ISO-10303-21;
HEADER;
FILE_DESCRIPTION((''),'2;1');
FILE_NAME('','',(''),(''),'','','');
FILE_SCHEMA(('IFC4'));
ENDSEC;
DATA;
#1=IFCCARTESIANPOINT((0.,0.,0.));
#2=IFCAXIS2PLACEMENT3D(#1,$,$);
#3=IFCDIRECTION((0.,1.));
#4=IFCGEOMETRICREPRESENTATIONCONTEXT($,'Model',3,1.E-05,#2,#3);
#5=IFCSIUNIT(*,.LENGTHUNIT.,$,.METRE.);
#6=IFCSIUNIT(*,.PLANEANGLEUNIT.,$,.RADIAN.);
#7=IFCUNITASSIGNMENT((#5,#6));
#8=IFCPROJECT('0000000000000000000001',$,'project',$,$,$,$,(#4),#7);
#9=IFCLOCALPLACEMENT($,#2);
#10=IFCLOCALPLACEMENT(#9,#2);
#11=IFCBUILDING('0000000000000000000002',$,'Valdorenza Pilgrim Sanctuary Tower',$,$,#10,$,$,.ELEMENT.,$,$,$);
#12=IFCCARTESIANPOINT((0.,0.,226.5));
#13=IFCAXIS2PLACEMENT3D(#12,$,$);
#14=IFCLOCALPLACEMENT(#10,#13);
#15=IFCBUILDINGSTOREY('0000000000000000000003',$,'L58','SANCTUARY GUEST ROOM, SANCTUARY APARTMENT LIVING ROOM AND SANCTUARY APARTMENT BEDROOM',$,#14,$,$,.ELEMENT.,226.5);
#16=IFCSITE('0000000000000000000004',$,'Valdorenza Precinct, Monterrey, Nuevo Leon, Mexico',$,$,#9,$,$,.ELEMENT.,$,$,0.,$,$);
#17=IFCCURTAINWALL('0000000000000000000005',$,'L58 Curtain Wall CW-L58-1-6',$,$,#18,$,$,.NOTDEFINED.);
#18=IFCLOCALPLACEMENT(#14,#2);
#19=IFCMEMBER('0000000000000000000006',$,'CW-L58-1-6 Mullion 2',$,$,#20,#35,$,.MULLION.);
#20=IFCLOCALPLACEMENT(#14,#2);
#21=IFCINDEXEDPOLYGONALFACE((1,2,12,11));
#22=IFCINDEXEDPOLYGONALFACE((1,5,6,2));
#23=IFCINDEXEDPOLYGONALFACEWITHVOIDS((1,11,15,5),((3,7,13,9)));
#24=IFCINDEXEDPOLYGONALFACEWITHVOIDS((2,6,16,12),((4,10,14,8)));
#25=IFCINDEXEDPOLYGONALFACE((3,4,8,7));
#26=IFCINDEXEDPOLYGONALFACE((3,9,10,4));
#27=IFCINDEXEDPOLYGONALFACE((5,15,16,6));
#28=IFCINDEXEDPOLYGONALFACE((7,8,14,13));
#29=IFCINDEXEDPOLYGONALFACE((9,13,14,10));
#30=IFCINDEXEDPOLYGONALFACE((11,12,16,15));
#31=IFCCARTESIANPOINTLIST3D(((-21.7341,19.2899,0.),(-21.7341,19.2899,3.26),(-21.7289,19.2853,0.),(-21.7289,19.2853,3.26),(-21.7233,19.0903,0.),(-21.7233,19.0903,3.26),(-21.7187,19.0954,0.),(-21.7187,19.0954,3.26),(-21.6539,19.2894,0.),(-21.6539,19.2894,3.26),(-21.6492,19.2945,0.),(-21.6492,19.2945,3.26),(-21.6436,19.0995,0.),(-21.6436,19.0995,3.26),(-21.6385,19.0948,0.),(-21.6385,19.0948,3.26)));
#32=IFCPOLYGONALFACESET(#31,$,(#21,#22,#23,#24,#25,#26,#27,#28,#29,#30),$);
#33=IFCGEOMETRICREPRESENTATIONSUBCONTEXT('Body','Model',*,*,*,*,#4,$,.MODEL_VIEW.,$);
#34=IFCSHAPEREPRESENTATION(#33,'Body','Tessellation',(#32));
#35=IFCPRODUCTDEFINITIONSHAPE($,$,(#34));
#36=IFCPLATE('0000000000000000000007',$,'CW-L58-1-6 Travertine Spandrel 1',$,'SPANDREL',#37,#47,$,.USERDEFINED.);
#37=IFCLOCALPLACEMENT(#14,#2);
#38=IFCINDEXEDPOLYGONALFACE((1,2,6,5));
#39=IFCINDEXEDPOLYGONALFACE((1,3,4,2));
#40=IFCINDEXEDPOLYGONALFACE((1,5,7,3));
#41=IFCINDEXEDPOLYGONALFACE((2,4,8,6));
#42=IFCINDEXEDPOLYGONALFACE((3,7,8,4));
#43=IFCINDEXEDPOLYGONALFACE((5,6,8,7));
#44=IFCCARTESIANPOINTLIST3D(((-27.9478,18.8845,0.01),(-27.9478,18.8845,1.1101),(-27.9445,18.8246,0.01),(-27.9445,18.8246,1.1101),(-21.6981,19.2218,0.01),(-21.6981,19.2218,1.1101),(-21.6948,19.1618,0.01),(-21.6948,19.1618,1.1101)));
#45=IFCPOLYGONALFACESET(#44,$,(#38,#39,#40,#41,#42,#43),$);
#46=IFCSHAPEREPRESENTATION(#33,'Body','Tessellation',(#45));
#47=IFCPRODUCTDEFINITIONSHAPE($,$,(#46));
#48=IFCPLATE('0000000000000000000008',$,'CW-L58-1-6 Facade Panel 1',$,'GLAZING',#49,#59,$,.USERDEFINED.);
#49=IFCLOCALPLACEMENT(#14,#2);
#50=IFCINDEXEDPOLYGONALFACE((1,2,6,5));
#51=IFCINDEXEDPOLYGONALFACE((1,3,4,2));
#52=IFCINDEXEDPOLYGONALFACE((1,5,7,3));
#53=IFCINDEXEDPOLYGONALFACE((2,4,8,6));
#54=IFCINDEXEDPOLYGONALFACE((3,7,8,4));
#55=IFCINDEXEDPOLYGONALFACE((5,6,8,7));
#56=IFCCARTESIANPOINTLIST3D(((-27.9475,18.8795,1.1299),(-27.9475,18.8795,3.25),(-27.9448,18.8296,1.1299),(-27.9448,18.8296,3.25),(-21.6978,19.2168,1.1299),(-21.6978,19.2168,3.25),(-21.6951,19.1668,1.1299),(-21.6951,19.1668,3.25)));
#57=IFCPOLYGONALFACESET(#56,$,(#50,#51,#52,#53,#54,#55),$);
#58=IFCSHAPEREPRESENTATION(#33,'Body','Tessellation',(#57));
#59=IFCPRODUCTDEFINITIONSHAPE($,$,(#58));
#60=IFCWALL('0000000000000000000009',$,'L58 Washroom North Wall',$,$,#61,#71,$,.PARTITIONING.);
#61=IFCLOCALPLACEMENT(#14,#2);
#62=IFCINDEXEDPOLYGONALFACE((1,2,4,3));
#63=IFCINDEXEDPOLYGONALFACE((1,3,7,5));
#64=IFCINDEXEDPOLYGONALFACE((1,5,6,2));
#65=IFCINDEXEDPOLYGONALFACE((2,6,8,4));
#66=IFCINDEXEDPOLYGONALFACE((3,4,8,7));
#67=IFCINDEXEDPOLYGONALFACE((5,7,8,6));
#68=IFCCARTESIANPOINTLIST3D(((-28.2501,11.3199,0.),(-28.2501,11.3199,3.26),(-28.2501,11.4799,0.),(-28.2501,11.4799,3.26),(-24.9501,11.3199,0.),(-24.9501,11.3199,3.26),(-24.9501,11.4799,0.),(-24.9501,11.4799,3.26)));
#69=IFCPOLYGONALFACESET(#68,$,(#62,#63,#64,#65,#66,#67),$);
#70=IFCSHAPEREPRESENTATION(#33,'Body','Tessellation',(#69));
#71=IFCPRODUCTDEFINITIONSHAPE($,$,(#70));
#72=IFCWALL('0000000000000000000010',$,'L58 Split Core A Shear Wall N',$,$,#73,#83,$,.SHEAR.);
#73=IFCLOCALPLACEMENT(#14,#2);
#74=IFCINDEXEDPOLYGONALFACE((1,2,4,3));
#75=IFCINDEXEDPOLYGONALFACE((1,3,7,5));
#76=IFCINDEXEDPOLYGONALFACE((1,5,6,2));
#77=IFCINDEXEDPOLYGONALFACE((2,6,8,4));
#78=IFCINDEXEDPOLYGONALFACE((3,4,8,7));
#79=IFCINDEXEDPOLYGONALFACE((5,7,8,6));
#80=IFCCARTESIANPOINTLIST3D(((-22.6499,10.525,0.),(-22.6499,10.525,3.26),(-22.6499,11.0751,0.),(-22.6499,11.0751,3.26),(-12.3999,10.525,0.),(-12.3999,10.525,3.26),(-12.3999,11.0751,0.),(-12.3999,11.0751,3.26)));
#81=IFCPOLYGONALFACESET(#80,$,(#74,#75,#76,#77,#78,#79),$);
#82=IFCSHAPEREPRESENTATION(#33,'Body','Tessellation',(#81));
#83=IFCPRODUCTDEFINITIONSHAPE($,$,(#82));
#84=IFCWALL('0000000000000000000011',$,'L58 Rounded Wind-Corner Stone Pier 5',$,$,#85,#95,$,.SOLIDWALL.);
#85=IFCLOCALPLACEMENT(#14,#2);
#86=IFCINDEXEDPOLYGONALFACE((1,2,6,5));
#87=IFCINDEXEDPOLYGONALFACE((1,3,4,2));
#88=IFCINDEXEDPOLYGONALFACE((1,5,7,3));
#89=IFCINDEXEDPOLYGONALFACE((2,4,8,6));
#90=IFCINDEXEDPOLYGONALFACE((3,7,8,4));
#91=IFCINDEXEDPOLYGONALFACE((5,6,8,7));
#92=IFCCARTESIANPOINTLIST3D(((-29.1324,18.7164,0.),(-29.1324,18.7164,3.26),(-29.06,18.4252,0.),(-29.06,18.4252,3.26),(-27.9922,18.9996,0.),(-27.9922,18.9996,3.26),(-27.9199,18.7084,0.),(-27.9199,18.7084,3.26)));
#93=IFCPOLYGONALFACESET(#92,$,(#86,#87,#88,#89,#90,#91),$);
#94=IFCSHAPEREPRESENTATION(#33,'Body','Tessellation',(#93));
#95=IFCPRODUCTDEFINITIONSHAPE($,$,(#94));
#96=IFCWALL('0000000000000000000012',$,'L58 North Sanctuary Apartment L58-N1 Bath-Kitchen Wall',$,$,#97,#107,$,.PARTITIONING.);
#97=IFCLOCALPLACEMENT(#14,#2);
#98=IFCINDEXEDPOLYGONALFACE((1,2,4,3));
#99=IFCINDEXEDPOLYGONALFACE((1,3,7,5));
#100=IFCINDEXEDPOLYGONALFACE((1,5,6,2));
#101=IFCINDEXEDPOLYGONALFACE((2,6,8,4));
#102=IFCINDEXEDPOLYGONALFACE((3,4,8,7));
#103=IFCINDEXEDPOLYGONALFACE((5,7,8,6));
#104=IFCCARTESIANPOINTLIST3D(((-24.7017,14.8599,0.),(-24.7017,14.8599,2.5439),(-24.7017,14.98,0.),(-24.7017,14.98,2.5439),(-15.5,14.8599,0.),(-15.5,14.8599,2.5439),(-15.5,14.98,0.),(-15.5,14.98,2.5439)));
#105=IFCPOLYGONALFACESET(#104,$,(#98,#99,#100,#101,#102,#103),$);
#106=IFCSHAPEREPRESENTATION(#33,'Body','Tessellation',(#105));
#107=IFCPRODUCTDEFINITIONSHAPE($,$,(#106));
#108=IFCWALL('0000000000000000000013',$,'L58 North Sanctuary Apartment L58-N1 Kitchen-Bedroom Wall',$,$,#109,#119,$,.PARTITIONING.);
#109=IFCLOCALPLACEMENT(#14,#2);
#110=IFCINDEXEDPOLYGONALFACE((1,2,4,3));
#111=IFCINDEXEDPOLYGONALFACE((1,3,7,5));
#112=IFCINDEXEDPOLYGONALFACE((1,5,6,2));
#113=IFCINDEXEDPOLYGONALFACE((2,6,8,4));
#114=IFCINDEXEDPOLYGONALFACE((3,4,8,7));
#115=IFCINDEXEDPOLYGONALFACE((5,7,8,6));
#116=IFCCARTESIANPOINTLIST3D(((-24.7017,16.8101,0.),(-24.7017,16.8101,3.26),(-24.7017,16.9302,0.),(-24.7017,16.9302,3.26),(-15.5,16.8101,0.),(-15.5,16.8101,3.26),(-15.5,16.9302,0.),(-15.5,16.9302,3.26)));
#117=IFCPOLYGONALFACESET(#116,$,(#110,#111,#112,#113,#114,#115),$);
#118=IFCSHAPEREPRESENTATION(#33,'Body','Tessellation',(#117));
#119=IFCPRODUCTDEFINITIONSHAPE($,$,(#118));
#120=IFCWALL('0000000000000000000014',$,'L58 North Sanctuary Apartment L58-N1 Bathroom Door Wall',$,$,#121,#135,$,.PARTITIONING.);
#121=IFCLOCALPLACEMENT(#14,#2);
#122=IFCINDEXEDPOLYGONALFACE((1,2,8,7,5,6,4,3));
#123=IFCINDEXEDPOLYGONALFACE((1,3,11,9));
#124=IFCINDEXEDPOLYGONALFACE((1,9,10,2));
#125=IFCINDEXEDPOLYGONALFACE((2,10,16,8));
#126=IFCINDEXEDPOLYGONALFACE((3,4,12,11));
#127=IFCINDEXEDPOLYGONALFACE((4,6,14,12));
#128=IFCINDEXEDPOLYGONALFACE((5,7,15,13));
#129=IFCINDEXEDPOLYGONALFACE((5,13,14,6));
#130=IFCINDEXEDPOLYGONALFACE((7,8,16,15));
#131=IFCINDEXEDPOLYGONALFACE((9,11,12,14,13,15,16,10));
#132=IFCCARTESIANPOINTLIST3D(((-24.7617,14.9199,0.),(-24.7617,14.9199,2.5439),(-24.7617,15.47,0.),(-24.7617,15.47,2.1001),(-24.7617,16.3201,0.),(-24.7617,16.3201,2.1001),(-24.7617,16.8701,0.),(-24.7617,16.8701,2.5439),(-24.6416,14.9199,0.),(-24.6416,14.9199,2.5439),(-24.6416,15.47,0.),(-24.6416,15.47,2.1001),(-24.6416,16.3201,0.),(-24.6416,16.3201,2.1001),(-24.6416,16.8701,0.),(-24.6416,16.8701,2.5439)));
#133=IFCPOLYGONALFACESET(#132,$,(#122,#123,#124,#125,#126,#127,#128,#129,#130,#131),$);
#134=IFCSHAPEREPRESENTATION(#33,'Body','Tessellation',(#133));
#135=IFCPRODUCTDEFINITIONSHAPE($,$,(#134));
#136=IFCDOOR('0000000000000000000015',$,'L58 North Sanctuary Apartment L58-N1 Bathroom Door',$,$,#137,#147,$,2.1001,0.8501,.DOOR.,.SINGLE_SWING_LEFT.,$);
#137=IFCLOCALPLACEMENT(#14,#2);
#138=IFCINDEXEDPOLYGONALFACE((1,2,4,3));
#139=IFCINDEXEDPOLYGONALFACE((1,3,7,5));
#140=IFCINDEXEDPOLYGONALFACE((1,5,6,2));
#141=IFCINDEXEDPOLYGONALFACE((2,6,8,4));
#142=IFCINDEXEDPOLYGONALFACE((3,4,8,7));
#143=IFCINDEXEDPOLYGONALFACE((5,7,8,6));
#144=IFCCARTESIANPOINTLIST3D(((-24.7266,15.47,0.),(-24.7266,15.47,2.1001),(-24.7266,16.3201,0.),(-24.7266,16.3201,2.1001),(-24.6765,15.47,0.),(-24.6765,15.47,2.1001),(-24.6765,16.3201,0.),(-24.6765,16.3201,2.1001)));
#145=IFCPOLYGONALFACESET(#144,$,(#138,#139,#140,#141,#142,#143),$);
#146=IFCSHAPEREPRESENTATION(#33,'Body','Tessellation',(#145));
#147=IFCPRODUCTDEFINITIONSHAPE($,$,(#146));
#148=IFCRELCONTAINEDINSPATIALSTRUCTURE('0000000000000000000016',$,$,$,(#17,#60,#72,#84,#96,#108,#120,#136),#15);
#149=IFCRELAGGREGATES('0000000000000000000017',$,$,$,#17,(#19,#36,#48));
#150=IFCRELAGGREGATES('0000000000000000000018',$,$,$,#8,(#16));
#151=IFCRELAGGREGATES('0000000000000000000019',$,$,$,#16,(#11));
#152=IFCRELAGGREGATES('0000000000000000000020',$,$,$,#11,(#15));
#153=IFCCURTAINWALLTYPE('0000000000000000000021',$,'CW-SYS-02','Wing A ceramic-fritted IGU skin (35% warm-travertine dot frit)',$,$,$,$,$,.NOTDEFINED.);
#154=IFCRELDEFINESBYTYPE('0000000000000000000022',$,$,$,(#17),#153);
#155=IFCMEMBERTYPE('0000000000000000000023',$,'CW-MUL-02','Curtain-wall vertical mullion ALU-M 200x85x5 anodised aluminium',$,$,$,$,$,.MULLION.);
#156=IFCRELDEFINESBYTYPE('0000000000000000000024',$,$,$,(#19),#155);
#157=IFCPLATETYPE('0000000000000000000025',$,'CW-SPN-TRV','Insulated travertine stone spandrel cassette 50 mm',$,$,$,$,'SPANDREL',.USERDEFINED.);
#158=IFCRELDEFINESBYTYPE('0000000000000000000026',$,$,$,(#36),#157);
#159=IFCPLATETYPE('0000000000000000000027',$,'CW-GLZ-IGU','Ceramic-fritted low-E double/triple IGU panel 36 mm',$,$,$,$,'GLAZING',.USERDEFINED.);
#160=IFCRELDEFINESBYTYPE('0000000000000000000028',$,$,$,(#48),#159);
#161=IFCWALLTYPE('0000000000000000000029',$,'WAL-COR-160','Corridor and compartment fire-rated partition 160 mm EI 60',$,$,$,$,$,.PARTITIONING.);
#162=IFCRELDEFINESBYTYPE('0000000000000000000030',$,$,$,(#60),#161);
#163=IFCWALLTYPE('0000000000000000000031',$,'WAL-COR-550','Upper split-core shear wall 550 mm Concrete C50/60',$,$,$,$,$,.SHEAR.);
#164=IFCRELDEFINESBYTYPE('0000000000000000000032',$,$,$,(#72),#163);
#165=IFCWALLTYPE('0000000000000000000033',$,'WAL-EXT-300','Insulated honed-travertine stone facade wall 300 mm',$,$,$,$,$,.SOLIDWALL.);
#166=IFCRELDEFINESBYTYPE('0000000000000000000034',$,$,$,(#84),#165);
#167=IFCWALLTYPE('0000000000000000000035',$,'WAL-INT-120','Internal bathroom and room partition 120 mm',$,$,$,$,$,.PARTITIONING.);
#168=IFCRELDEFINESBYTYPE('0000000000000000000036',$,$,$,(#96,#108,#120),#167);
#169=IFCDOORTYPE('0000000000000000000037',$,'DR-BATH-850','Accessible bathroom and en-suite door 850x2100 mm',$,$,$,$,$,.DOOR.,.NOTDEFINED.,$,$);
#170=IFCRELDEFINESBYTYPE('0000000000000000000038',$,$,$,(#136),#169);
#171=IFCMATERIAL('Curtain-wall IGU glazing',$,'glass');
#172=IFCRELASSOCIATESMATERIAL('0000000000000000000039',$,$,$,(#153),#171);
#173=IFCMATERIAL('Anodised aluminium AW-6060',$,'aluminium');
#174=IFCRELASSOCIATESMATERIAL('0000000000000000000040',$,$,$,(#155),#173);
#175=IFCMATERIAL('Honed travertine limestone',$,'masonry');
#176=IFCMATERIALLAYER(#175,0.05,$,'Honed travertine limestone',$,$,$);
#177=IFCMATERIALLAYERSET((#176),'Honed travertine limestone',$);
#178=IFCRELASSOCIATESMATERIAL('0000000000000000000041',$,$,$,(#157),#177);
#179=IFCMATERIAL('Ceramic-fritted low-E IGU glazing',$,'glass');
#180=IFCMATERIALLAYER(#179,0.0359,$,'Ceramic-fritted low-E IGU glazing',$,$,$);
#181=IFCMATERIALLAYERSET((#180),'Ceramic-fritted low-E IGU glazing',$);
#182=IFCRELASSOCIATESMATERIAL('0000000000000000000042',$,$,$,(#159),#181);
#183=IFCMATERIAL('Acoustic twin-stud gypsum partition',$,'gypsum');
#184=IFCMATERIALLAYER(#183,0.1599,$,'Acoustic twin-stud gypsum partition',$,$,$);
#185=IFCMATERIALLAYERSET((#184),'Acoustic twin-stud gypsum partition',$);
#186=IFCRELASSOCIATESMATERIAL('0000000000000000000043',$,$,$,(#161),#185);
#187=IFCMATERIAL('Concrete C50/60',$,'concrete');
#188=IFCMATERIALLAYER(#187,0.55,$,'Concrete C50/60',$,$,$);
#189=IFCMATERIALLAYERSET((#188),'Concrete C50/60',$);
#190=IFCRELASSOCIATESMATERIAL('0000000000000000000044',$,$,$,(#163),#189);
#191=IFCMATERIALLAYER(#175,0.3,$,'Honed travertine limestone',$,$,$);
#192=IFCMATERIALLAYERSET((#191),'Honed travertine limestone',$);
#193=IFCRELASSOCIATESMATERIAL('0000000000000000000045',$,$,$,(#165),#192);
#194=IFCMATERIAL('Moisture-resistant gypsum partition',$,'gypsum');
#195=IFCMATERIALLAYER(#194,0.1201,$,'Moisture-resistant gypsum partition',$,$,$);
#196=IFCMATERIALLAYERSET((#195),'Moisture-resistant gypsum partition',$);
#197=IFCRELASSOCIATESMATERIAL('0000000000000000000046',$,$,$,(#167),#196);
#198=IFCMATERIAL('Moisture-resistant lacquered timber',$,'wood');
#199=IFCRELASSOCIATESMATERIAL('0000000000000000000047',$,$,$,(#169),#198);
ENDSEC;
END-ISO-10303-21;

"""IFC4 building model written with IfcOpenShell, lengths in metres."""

from ifc_helpers import new_model, si_unit, direction, frame, frame_2d, origin, origin_2d, place, context, subcontext, project, spatial, rectangle, hollow_rectangle, extrude, source, transform, mapped, material, layer, layer_set, material_profile, profile_set, type_object, element, fill, aggregate, save


model = new_model("IFC4")

# Units and contexts
model_context = context("Model", 3, precision=1e-05, world=origin(), true_north=direction((0.0, 1.0)))
body_context = subcontext(model_context, "Body", "Model", "MODEL_VIEW")
ifc_project = project(units=[si_unit("LENGTHUNIT", "METRE"), si_unit("PLANEANGLEUNIT", "RADIAN")], contexts=[model_context])

# Site, building, storey
site_placement = place(None, origin())
site = spatial("IfcSite", under=ifc_project, at=site_placement, Name="Valdorenza Precinct, Monterrey, Nuevo Leon, Mexico", CompositionType="ELEMENT", RefElevation=0.0)
building_placement = place(site_placement, origin())
building = spatial("IfcBuilding", under=site, at=building_placement, Name="Valdorenza Pilgrim Sanctuary Tower", CompositionType="ELEMENT")
storey_placement = place(building_placement, frame((0.0, 0.0, 226.5)))
storey = spatial("IfcBuildingStorey", under=building, at=storey_placement, Name="L58", Description="SANCTUARY GUEST ROOM, SANCTUARY APARTMENT LIVING ROOM AND SANCTUARY APARTMENT BEDROOM", CompositionType="ELEMENT", Elevation=226.5)

# Shared definitions
ifc_material_1 = material(Name="Concrete C50/60", Category="concrete")

# Curtain wall, member, plates
ifc_material_2 = material(Name="Curtain-wall IGU glazing", Category="glass")
curtain_wall_type = type_object("IfcCurtainWallType", Name="CW-SYS-02", Description="Wing A ceramic-fritted IGU skin (35% warm-travertine dot frit)", PredefinedType="NOTDEFINED", material=ifc_material_2)
curtain_wall_placement = place(storey_placement, origin())
curtain_wall = element("IfcCurtainWall", 1, at=curtain_wall_placement, inside=storey, type_object=curtain_wall_type, Name="L58 Curtain Wall CW-L58-1-6", PredefinedType="NOTDEFINED")
ifc_material_3 = material(Name="Anodised aluminium AW-6060", Category="aluminium")
ifc_material_profile_1 = material_profile(ifc_material_3, hollow_rectangle(XDim=0.085, YDim=0.2, WallThickness=0.0049, at=origin_2d()), Name="ALU-M 200x85x5")
ifc_profile_set_1 = profile_set([ifc_material_profile_1], Name="Anodised aluminium AW-6060")
member_type_1 = type_object("IfcMemberType", Name="CW-MUL-02", Description="Curtain-wall vertical mullion ALU-M 200x85x5 anodised aluminium", PredefinedType="MULLION", material=ifc_profile_set_1)
shared_shape_1 = source(origin(), body_context, "Body", "SweptSolid", [
    extrude(hollow_rectangle(XDim=0.085, YDim=0.2, WallThickness=0.0049, at=origin_2d()), origin(), (0.0, 0.0, 1.0), 3.26),
])
member_1_placement = place(storey_placement, frame((-21.6863, 19.1924, 0.0), z_axis=(0.0, 0.0, 1.0), x_axis=(0.998547, 0.053887, 0.0)))
member_1 = element("IfcMember", 2, at=member_1_placement, type_object=member_type_1, Name="CW-L58-1-6 Mullion 2", PredefinedType="MULLION", context=body_context, shape_type="MappedRepresentation", body=[
    mapped(shared_shape_1, transform((0.0, 0.0, 0.0), x_axis=(1.0, 0.0, 0.0), y_axis=(0.0, 1.0, 0.0), z_axis=(0.0, 0.0, 1.0), scale=1.0)),
])
ifc_material_4 = material(Name="Honed travertine limestone", Category="masonry")
ifc_layer_1 = layer(ifc_material_4, 0.05, Name="Honed travertine limestone")
ifc_layer_set_1 = layer_set([ifc_layer_1], Name="Honed travertine limestone")
plate_type_1 = type_object("IfcPlateType", Name="CW-SPN-TRV", Description="Insulated travertine stone spandrel cassette 50 mm", ElementType="SPANDREL", PredefinedType="USERDEFINED", material=ifc_layer_set_1)
shared_shape_2 = source(origin(), body_context, "Body", "SweptSolid", [
    extrude(rectangle(XDim=6.2588, YDim=0.0601, at=origin_2d()), origin(), (0.0, 0.0, 1.0), 1.1001),
])
plate_1_placement = place(storey_placement, frame((-24.8213, 19.0232, 0.01), z_axis=(0.0, 0.0, 1.0), x_axis=(0.998547, 0.053887, 0.0)))
plate_1 = element("IfcPlate", 3, at=plate_1_placement, type_object=plate_type_1, Name="CW-L58-1-6 Travertine Spandrel 1", ObjectType="SPANDREL", PredefinedType="USERDEFINED", context=body_context, shape_type="MappedRepresentation", body=[
    mapped(shared_shape_2, transform((0.0, 0.0, 0.0), x_axis=(1.0, 0.0, 0.0), y_axis=(0.0, 1.0, 0.0), z_axis=(0.0, 0.0, 1.0), scale=1.0)),
])
ifc_material_5 = material(Name="Ceramic-fritted low-E IGU glazing", Category="glass")
ifc_layer_2 = layer(ifc_material_5, 0.0359, Name="Ceramic-fritted low-E IGU glazing")
ifc_layer_set_2 = layer_set([ifc_layer_2], Name="Ceramic-fritted low-E IGU glazing")
plate_type_2 = type_object("IfcPlateType", Name="CW-GLZ-IGU", Description="Ceramic-fritted low-E double/triple IGU panel 36 mm", ElementType="GLAZING", PredefinedType="USERDEFINED", material=ifc_layer_set_2)
shared_shape_3 = source(origin(), body_context, "Body", "SweptSolid", [
    extrude(rectangle(XDim=6.2588, YDim=0.05, at=origin_2d()), origin(), (0.0, 0.0, 1.0), 2.1201),
])
plate_2_placement = place(storey_placement, frame((-24.8213, 19.0232, 1.1299), z_axis=(0.0, 0.0, 1.0), x_axis=(0.998547, 0.053887, 0.0)))
plate_2 = element("IfcPlate", 4, at=plate_2_placement, type_object=plate_type_2, Name="CW-L58-1-6 Facade Panel 1", ObjectType="GLAZING", PredefinedType="USERDEFINED", context=body_context, shape_type="MappedRepresentation", body=[
    mapped(shared_shape_3, transform((0.0, 0.0, 0.0), x_axis=(1.0, 0.0, 0.0), y_axis=(0.0, 1.0, 0.0), z_axis=(0.0, 0.0, 1.0), scale=1.0)),
])
aggregate(curtain_wall, [member_1, plate_1, plate_2])

# Walls
ifc_material_6 = material(Name="Acoustic twin-stud gypsum partition", Category="gypsum")
ifc_layer_3 = layer(ifc_material_6, 0.1599, Name="Acoustic twin-stud gypsum partition")
ifc_layer_set_3 = layer_set([ifc_layer_3], Name="Acoustic twin-stud gypsum partition")
wall_type_1 = type_object("IfcWallType", Name="WAL-COR-160", Description="Corridor and compartment fire-rated partition 160 mm EI 60", PredefinedType="PARTITIONING", material=ifc_layer_set_3)
wall_1_placement = place(storey_placement, frame((-28.25, 11.3999, 0.0), z_axis=(0.0, 0.0, 1.0), x_axis=(1.0, 0.0, 0.0)))
element("IfcWall", 5, at=wall_1_placement, inside=storey, type_object=wall_type_1, Name="L58 Washroom North Wall", PredefinedType="PARTITIONING", context=body_context, shape_type="SweptSolid", body=[
    extrude(rectangle(XDim=3.3, YDim=0.1599, at=frame_2d((1.6499, 0.0))), origin(), (0.0, 0.0, 1.0), 3.26),
])
ifc_layer_4 = layer(ifc_material_1, 0.55, Name="Concrete C50/60")
ifc_layer_set_4 = layer_set([ifc_layer_4], Name="Concrete C50/60")
wall_type_2 = type_object("IfcWallType", Name="WAL-COR-550", Description="Upper split-core shear wall 550 mm Concrete C50/60", PredefinedType="SHEAR", material=ifc_layer_set_4)
wall_2_placement = place(storey_placement, frame((-22.6499, 10.8, 0.0), z_axis=(0.0, 0.0, 1.0), x_axis=(1.0, 0.0, 0.0)))
element("IfcWall", 6, at=wall_2_placement, inside=storey, type_object=wall_type_2, Name="L58 Split Core A Shear Wall N", PredefinedType="SHEAR", context=body_context, shape_type="SweptSolid", body=[
    extrude(rectangle(XDim=10.25, YDim=0.55, at=frame_2d((5.125, 0.0))), origin(), (0.0, 0.0, 1.0), 3.26),
])
ifc_layer_5 = layer(ifc_material_4, 0.3, Name="Honed travertine limestone")
ifc_layer_set_5 = layer_set([ifc_layer_5], Name="Honed travertine limestone")
wall_type_3 = type_object("IfcWallType", Name="WAL-EXT-300", Description="Insulated honed-travertine stone facade wall 300 mm", PredefinedType="SOLIDWALL", material=ifc_layer_set_5)
wall_3_placement = place(storey_placement, frame((-29.0962, 18.5708, 0.0), z_axis=(0.0, 0.0, 1.0), x_axis=(0.970508, 0.241068, 0.0)))
element("IfcWall", 7, at=wall_3_placement, inside=storey, type_object=wall_type_3, Name="L58 Rounded Wind-Corner Stone Pier 5", PredefinedType="SOLIDWALL", context=body_context, shape_type="SweptSolid", body=[
    extrude(rectangle(XDim=1.1748, YDim=0.3, at=frame_2d((0.5874, 0.0))), origin(), (0.0, 0.0, 1.0), 3.26),
])
ifc_material_7 = material(Name="Moisture-resistant gypsum partition", Category="gypsum")
ifc_layer_6 = layer(ifc_material_7, 0.1201, Name="Moisture-resistant gypsum partition")
ifc_layer_set_6 = layer_set([ifc_layer_6], Name="Moisture-resistant gypsum partition")
wall_type_4 = type_object("IfcWallType", Name="WAL-INT-120", Description="Internal bathroom and room partition 120 mm", PredefinedType="PARTITIONING", material=ifc_layer_set_6)
wall_4_placement = place(storey_placement, frame((-24.7017, 14.9199, 0.0), z_axis=(0.0, 0.0, 1.0), x_axis=(1.0, 0.0, 0.0)))
element("IfcWall", 8, at=wall_4_placement, inside=storey, type_object=wall_type_4, Name="L58 North Sanctuary Apartment L58-N1 Bath-Kitchen Wall", PredefinedType="PARTITIONING", context=body_context, shape_type="SweptSolid", body=[
    extrude(rectangle(XDim=9.2017, YDim=0.1201, at=frame_2d((4.6008, 0.0))), origin(), (0.0, 0.0, 1.0), 2.5439),
])
wall_5_placement = place(storey_placement, frame((-24.7017, 16.8701, 0.0), z_axis=(0.0, 0.0, 1.0), x_axis=(1.0, 0.0, 0.0)))
element("IfcWall", 9, at=wall_5_placement, inside=storey, type_object=wall_type_4, Name="L58 North Sanctuary Apartment L58-N1 Kitchen-Bedroom Wall", PredefinedType="PARTITIONING", context=body_context, shape_type="SweptSolid", body=[
    extrude(rectangle(XDim=9.2017, YDim=0.1201, at=frame_2d((4.6008, 0.0))), origin(), (0.0, 0.0, 1.0), 3.26),
])

# Wall, opening, door
wall_6_placement = place(storey_placement, frame((-24.7017, 14.9199, 0.0), z_axis=(0.0, 0.0, 1.0), x_axis=(0.0, 1.0, 0.0)))
wall_6 = element("IfcWall", 10, at=wall_6_placement, inside=storey, type_object=wall_type_4, Name="L58 North Sanctuary Apartment L58-N1 Bathroom Door Wall", PredefinedType="PARTITIONING", context=body_context, shape_type="SweptSolid", body=[
    extrude(rectangle(XDim=1.9502, YDim=0.1201, at=frame_2d((0.9751, 0.0))), origin(), (0.0, 0.0, 1.0), 2.5439),
])
opening_1_placement = place(wall_6_placement, frame((0.55, 0.0, 0.0)))
opening_1 = element("IfcOpeningElement", 11, at=opening_1_placement, cuts=wall_6, PredefinedType="OPENING", context=body_context, shape_type="SweptSolid", body=[
    extrude(rectangle(XDim=0.8501, YDim=2.1001, at=frame_2d((0.425, 1.05))), frame((0.0, 0.075, 0.0), z_axis=(0.0, -1.0, 0.0), x_axis=(1.0, 0.0, 0.0)), (0.0, 0.0, 1.0), 0.1499),
])
ifc_material_8 = material(Name="Moisture-resistant lacquered timber", Category="wood")
door_type_1 = type_object("IfcDoorType", Name="DR-BATH-850", Description="Accessible bathroom and en-suite door 850x2100 mm", OperationType="NOTDEFINED", PredefinedType="DOOR", material=ifc_material_8)
door_1_placement = place(opening_1_placement, origin())
door_1 = element("IfcDoor", 12, at=door_1_placement, inside=storey, type_object=door_type_1, Name="L58 North Sanctuary Apartment L58-N1 Bathroom Door", OperationType="SINGLE_SWING_LEFT", OverallHeight=2.1001, OverallWidth=0.8501, PredefinedType="DOOR", context=body_context, shape_type="SweptSolid", body=[
    extrude(rectangle(XDim=0.8501, YDim=2.1001, at=frame_2d((0.425, 1.05))), frame((0.0, 0.0249, 0.0), z_axis=(0.0, -1.0, 0.0), x_axis=(1.0, 0.0, 0.0)), (0.0, 0.0, 1.0), 0.05),
])
fill(opening_1, door_1)

save(model, "model.ifc")
